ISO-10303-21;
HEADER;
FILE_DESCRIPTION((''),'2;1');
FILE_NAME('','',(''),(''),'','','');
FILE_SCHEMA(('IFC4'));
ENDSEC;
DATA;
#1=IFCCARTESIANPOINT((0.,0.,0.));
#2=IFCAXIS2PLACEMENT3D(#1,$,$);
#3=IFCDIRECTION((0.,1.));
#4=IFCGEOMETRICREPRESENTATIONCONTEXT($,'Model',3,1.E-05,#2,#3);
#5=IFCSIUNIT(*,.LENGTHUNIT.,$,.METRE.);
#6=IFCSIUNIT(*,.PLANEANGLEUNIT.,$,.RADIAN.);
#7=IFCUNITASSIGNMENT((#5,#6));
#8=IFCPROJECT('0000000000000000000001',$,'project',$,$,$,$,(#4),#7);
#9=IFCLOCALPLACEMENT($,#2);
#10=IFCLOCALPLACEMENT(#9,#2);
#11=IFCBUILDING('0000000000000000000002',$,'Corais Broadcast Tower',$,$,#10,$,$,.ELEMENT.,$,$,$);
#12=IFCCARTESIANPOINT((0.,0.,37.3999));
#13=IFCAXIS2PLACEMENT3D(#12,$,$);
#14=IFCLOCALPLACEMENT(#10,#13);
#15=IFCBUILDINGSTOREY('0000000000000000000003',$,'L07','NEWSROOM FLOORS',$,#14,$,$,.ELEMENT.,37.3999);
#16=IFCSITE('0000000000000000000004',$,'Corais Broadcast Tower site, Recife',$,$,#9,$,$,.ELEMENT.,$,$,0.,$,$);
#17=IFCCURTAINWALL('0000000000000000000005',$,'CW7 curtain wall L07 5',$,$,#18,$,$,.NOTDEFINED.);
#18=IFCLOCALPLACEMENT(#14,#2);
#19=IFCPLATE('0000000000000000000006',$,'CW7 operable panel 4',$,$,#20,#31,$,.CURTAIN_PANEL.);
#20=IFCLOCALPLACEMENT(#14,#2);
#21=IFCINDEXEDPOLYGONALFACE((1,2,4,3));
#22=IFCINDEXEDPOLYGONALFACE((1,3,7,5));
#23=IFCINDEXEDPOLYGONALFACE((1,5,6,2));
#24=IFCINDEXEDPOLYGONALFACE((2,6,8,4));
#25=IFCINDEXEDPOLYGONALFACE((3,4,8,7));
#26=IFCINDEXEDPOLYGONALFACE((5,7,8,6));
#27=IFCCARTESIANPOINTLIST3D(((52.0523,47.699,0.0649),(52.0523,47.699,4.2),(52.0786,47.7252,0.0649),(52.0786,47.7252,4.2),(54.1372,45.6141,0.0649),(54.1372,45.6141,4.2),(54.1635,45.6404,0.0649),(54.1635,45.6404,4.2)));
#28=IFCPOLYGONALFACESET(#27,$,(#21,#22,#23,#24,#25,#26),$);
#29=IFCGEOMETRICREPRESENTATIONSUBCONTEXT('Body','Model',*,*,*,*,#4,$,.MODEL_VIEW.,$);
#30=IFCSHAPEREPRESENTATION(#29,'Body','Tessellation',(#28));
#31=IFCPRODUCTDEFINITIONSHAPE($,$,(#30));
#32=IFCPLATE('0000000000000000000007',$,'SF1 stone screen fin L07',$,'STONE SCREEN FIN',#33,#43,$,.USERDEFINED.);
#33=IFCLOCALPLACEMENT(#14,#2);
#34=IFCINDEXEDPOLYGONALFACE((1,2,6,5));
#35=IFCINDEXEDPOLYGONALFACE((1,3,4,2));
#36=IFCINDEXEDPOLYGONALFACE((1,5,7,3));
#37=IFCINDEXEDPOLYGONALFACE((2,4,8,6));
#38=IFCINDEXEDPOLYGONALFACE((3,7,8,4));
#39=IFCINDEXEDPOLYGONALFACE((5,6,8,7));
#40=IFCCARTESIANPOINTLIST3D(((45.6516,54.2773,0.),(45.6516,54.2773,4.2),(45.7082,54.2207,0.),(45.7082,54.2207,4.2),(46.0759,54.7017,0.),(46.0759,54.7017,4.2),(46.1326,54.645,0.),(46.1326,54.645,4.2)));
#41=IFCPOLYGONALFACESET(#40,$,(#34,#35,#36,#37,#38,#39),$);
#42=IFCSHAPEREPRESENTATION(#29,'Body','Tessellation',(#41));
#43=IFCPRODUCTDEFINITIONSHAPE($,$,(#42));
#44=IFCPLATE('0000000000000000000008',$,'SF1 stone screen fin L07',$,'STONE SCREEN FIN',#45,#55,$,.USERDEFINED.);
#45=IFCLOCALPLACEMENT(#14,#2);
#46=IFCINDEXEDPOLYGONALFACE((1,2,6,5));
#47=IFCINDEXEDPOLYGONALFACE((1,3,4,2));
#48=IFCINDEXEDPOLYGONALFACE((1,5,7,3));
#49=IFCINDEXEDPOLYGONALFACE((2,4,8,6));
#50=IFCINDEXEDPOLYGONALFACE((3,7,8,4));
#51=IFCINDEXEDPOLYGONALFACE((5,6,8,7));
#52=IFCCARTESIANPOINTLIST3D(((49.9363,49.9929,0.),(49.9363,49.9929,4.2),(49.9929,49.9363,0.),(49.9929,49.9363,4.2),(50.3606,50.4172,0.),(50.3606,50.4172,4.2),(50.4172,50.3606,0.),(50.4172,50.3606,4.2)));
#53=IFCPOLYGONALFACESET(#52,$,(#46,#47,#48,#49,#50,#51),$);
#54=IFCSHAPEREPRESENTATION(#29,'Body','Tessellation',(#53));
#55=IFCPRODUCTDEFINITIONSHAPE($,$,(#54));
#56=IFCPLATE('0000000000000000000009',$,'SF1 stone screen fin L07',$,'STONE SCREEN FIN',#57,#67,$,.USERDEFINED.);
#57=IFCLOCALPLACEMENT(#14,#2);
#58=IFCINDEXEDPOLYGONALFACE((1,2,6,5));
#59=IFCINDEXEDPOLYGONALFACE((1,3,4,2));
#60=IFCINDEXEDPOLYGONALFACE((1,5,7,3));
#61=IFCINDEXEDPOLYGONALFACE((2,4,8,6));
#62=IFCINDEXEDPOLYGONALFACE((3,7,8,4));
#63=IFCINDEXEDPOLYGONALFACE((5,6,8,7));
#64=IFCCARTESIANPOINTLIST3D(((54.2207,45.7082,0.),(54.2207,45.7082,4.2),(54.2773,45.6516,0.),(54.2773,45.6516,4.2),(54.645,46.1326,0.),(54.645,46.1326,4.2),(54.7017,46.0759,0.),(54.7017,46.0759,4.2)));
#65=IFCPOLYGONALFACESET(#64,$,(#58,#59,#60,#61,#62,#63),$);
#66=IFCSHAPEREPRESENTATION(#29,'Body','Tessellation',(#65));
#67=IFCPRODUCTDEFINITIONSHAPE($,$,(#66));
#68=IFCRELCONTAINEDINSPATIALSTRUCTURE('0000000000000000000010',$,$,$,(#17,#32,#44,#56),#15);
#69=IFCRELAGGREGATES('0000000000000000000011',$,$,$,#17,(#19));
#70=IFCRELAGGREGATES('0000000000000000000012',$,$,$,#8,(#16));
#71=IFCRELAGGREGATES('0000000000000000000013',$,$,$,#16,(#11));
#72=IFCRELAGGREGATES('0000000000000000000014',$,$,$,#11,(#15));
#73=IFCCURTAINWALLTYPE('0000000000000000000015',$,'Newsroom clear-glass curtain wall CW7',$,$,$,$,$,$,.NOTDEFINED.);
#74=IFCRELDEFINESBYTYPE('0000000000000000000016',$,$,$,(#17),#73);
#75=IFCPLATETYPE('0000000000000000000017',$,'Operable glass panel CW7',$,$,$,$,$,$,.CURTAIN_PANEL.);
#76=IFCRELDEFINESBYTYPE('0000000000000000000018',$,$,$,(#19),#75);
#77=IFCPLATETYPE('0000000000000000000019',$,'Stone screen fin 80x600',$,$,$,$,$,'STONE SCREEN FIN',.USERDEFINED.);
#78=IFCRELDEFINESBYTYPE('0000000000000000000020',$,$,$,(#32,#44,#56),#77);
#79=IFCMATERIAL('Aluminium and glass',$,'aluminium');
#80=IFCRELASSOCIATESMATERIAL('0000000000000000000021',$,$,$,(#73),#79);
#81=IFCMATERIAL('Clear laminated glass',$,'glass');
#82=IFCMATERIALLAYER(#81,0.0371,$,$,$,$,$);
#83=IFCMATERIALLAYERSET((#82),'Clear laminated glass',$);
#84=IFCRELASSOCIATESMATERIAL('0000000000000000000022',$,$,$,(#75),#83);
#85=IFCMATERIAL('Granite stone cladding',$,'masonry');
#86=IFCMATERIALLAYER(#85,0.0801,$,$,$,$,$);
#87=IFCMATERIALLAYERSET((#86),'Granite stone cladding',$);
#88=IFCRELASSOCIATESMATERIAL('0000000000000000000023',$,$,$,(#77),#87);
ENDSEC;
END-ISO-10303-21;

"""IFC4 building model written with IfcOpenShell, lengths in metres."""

from ifc_helpers import new_model, si_unit, direction, frame, origin, origin_2d, place, context, subcontext, project, spatial, rectangle, extrude, material, layer, layer_set, type_object, element, aggregate, save


model = new_model("IFC4")

# Units and contexts
model_context = context("Model", 3, precision=1e-05, world=origin(), true_north=direction((0.0, 1.0)))
body_context = subcontext(model_context, "Body", "Model", "MODEL_VIEW")
ifc_project = project(units=[si_unit("LENGTHUNIT", "METRE"), si_unit("PLANEANGLEUNIT", "RADIAN")], contexts=[model_context])

# Site, building, storey
site_placement = place(None, origin())
site = spatial("IfcSite", under=ifc_project, at=site_placement, Name="Corais Broadcast Tower site, Recife", CompositionType="ELEMENT", RefElevation=0.0)
building_placement = place(site_placement, origin())
building = spatial("IfcBuilding", under=site, at=building_placement, Name="Corais Broadcast Tower", CompositionType="ELEMENT")
storey_placement = place(building_placement, frame((0.0, 0.0, 37.3999)))
storey = spatial("IfcBuildingStorey", under=building, at=storey_placement, Name="L07", Description="NEWSROOM FLOORS", CompositionType="ELEMENT", Elevation=37.3999)

# Shared definitions
ifc_material_1 = material(Name="Aluminium and glass", Category="aluminium")
curtain_wall_type = type_object("IfcCurtainWallType", Name="Newsroom clear-glass curtain wall CW7", PredefinedType="NOTDEFINED", material=ifc_material_1)

# Curtain wall
curtain_wall_1_placement = place(storey_placement, origin())
curtain_wall_1 = element("IfcCurtainWall", 1, at=curtain_wall_1_placement, inside=storey, type_object=curtain_wall_type, Name="CW7 curtain wall L07 5", PredefinedType="NOTDEFINED")

# Plate
ifc_material_2 = material(Name="Clear laminated glass", Category="glass")
ifc_layer_1 = layer(ifc_material_2, 0.0371)
ifc_layer_set_1 = layer_set([ifc_layer_1], Name="Clear laminated glass")
plate_type_1 = type_object("IfcPlateType", Name="Operable glass panel CW7", PredefinedType="CURTAIN_PANEL", material=ifc_layer_set_1)
plate_1_placement = place(storey_placement, frame((53.1079, 46.6697, 0.0649), z_axis=(0.0, 0.0, 1.0), x_axis=(0.707107, -0.707107, 0.0)))
plate_1 = element("IfcPlate", 2, at=plate_1_placement, type_object=plate_type_1, Name="CW7 operable panel 4", PredefinedType="CURTAIN_PANEL", context=body_context, shape_type="SweptSolid", body=[
    extrude(rectangle(XDim=2.9485, YDim=0.0371, at=origin_2d()), origin(), (0.0, 0.0, 1.0), 4.135),
])
aggregate(curtain_wall_1, [plate_1])

# Plates
ifc_material_3 = material(Name="Granite stone cladding", Category="masonry")
ifc_layer_2 = layer(ifc_material_3, 0.0801)
ifc_layer_set_2 = layer_set([ifc_layer_2], Name="Granite stone cladding")
plate_type_2 = type_object("IfcPlateType", Name="Stone screen fin 80x600", ElementType="STONE SCREEN FIN", PredefinedType="USERDEFINED", material=ifc_layer_set_2)
for number, where, z_axis, x_axis, name in (
    (3, (45.8921, 54.4612, 0.0), (0.0, 0.0, 1.0), (0.707107, -0.707107, 0.0), "SF1 stone screen fin L07"),
    (4, (50.1768, 50.1768, 0.0), (0.0, 0.0, 1.0), (0.707107, -0.707107, 0.0), "SF1 stone screen fin L07"),
    (5, (54.4612, 45.8921, 0.0), (0.0, 0.0, 1.0), (0.707107, -0.707107, 0.0), "SF1 stone screen fin L07"),
):
    element("IfcPlate", number, at=place(storey_placement, frame(where, z_axis=z_axis, x_axis=x_axis)), inside=storey, type_object=plate_type_2, Name=name, ObjectType="STONE SCREEN FIN", PredefinedType="USERDEFINED", context=body_context, shape_type="SweptSolid", body=[
        extrude(rectangle(XDim=0.0801, YDim=0.6001, at=origin_2d()), origin(), (0.0, 0.0, 1.0), 4.2),
    ])

save(model, "model.ifc")
